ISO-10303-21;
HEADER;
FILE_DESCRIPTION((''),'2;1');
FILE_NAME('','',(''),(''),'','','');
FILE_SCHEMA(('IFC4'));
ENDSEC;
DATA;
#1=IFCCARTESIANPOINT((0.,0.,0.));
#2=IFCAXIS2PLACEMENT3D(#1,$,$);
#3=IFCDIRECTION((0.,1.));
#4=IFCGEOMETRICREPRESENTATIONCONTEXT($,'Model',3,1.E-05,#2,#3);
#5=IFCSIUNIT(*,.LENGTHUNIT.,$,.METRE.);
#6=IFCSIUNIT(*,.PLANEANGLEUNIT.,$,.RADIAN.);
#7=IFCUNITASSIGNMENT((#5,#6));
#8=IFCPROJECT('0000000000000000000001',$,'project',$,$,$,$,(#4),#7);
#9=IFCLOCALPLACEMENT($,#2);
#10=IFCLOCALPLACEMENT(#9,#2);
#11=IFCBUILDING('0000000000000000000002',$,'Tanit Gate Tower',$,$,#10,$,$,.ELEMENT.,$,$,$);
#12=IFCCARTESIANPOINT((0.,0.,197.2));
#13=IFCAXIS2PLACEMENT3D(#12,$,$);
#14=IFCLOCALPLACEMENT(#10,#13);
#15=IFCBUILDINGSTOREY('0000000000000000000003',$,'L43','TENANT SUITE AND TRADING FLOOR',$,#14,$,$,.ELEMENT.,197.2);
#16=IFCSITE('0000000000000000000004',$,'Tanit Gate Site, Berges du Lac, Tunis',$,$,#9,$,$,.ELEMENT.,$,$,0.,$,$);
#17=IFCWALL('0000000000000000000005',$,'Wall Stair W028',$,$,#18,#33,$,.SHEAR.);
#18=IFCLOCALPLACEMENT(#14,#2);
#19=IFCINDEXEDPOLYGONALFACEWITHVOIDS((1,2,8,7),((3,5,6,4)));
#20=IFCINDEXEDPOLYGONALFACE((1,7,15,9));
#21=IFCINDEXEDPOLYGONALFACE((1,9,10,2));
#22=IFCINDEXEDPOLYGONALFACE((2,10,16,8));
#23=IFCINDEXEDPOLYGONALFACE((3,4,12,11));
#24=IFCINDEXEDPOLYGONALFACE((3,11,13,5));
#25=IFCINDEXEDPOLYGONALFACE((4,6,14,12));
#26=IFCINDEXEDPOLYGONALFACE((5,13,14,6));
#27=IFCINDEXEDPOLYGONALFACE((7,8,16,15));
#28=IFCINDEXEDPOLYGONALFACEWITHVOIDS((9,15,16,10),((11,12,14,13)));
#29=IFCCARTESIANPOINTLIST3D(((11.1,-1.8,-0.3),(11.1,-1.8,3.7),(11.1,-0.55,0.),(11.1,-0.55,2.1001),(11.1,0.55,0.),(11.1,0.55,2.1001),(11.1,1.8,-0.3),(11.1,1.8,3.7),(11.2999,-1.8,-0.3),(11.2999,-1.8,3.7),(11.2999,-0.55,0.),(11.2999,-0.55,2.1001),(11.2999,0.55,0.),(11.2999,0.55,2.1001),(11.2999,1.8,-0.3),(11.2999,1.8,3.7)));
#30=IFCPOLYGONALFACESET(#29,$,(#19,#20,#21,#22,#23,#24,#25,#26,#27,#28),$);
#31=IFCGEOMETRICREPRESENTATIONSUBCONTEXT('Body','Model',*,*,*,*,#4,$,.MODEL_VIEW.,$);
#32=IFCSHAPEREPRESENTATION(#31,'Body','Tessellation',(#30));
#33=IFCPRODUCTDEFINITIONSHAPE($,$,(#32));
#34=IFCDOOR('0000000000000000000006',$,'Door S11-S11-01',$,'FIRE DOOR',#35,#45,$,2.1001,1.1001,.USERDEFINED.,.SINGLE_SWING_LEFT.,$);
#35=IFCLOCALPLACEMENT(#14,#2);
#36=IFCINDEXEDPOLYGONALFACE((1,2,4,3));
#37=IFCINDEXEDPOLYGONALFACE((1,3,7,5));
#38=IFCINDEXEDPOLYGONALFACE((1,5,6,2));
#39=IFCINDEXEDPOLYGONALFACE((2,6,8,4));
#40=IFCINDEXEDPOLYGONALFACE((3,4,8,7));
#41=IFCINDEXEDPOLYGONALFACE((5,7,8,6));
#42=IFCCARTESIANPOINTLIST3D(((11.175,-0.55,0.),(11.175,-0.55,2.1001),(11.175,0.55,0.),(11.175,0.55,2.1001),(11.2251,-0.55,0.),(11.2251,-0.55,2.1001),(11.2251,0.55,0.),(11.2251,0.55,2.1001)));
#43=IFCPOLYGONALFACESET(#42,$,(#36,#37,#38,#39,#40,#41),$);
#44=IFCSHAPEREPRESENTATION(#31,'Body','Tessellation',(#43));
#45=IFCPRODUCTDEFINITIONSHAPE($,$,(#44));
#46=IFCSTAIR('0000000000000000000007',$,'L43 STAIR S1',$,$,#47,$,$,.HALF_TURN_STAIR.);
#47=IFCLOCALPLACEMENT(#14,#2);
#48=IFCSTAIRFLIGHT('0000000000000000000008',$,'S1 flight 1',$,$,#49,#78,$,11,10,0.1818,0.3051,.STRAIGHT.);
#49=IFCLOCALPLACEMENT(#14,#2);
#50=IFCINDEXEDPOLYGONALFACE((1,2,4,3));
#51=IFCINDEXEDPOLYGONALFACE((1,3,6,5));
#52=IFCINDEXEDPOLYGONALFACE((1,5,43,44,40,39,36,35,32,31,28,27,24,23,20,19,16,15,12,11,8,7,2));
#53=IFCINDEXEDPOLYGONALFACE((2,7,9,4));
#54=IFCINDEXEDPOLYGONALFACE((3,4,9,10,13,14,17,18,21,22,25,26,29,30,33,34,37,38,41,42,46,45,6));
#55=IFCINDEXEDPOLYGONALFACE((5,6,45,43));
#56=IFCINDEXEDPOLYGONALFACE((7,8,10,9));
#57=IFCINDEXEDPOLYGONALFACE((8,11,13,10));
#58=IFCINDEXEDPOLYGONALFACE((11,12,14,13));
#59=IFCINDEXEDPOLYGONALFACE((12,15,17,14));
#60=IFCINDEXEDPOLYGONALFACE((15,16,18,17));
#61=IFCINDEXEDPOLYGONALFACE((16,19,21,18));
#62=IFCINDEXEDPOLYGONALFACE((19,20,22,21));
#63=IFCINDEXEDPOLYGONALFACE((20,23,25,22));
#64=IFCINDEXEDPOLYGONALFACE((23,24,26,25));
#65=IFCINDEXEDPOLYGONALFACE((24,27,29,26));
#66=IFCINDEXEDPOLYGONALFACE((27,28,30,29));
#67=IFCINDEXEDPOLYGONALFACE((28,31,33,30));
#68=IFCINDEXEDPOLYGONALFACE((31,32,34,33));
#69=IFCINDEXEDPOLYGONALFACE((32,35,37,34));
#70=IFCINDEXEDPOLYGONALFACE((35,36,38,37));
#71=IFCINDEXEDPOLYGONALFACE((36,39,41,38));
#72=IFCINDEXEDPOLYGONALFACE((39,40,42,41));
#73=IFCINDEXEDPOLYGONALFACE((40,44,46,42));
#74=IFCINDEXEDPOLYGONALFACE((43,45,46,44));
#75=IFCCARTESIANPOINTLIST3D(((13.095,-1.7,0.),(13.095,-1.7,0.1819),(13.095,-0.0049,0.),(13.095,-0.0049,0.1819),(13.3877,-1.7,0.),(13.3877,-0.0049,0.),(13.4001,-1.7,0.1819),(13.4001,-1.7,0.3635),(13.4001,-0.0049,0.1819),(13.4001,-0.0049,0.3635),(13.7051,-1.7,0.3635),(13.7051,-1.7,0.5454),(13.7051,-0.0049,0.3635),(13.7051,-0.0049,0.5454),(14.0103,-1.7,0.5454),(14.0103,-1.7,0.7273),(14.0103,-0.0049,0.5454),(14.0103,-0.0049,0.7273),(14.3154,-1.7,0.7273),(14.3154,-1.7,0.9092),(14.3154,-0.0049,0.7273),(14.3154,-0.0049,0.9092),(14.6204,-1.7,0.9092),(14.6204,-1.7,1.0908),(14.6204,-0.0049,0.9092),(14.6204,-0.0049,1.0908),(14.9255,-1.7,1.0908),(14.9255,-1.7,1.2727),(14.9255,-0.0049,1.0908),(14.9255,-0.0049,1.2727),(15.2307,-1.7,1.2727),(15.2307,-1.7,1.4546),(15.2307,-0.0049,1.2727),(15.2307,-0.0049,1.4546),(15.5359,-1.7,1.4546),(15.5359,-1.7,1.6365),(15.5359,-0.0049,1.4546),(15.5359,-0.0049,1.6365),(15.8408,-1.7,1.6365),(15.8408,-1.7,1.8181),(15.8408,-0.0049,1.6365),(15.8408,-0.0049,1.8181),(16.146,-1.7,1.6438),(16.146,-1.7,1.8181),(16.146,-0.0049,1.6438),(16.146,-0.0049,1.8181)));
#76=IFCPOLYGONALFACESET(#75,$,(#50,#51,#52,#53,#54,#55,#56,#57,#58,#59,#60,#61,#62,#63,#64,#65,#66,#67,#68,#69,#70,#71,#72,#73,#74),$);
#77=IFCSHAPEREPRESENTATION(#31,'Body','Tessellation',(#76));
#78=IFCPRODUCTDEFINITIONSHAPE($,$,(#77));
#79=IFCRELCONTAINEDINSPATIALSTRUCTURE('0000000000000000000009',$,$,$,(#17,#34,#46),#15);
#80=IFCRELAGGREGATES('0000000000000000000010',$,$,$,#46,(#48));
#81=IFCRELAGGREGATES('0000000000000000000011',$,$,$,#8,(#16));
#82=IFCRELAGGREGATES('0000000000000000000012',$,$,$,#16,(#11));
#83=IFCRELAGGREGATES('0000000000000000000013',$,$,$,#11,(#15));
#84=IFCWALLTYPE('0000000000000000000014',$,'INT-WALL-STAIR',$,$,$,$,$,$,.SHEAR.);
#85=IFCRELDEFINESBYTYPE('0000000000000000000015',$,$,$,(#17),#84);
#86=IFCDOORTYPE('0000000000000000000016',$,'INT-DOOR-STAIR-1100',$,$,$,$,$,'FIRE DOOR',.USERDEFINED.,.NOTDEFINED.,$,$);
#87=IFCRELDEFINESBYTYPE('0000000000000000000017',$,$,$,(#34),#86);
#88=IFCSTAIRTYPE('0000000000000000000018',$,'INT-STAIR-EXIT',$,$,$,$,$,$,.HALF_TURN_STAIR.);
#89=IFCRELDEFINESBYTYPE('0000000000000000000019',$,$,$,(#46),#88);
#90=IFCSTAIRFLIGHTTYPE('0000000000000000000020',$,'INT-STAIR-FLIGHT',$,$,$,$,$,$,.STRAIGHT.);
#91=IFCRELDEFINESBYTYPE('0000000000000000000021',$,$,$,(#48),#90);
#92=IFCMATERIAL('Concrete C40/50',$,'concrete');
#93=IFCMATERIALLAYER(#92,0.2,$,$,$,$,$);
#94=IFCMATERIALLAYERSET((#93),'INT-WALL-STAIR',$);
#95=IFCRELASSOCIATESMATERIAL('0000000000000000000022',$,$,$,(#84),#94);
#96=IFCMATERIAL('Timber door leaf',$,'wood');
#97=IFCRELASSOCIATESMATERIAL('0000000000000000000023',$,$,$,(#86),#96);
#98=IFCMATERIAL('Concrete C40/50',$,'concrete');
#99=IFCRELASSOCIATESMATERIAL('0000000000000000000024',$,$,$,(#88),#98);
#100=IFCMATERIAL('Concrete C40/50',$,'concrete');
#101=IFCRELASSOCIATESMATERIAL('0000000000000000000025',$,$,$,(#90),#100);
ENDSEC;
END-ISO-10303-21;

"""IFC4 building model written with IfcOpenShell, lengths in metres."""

from ifc_helpers import new_model, si_unit, direction, frame, frame_2d, origin, place, context, subcontext, project, spatial, polyline, rectangle, outline, extrude, material, layer, layer_set, type_object, element, fill, aggregate, save


model = new_model("IFC4")

# Units and contexts
model_context = context("Model", 3, precision=1e-05, world=origin(), true_north=direction((0.0, 1.0)))
body_context = subcontext(model_context, "Body", "Model", "MODEL_VIEW")
ifc_project = project(units=[si_unit("LENGTHUNIT", "METRE"), si_unit("PLANEANGLEUNIT", "RADIAN")], contexts=[model_context])

# Site, building, storey
site_placement = place(None, origin())
site = spatial("IfcSite", under=ifc_project, at=site_placement, Name="Tanit Gate Site, Berges du Lac, Tunis", CompositionType="ELEMENT", RefElevation=0.0)
building_placement = place(site_placement, origin())
building = spatial("IfcBuilding", under=site, at=building_placement, Name="Tanit Gate Tower", CompositionType="ELEMENT")
storey_placement = place(building_placement, frame((0.0, 0.0, 197.2)))
storey = spatial("IfcBuildingStorey", under=building, at=storey_placement, Name="L43", Description="TENANT SUITE AND TRADING FLOOR", CompositionType="ELEMENT", Elevation=197.2)

# Shared definitions
ifc_material_1 = material(Name="Concrete C40/50", Category="concrete")
ifc_layer_1 = layer(ifc_material_1, 0.2)
ifc_layer_set_1 = layer_set([ifc_layer_1], Name="INT-WALL-STAIR")
wall_type_1 = type_object("IfcWallType", Name="INT-WALL-STAIR", PredefinedType="SHEAR", material=ifc_layer_set_1)

# Wall, opening, door
wall_1_placement = place(storey_placement, frame((11.2, -1.8, -0.3), z_axis=(0.0, 0.0, 1.0), x_axis=(0.0, 1.0, 0.0)))
wall_1 = element("IfcWall", 1, at=wall_1_placement, inside=storey, type_object=wall_type_1, Name="Wall Stair W028", PredefinedType="SHEAR", context=body_context, shape_type="SweptSolid", body=[
    extrude(rectangle(XDim=3.6001, YDim=0.2, at=frame_2d((1.8, 0.0))), origin(), (0.0, 0.0, 1.0), 4.0),
])
opening_1_placement = place(wall_1_placement, frame((1.25, 0.0, 0.3)))
opening_1 = element("IfcOpeningElement", 2, at=opening_1_placement, cuts=wall_1, PredefinedType="OPENING", context=body_context, shape_type="SweptSolid", body=[
    extrude(rectangle(XDim=1.1001, YDim=2.1001, at=frame_2d((0.55, 1.05))), frame((0.0, 0.1099, 0.0), z_axis=(0.0, -1.0, 0.0), x_axis=(1.0, 0.0, 0.0)), (0.0, 0.0, 1.0), 0.22),
])
ifc_material_2 = material(Name="Timber door leaf", Category="wood")
door_type_1 = type_object("IfcDoorType", Name="INT-DOOR-STAIR-1100", ElementType="FIRE DOOR", OperationType="NOTDEFINED", PredefinedType="USERDEFINED", material=ifc_material_2)
door_1_placement = place(opening_1_placement, origin())
door_1 = element("IfcDoor", 3, at=door_1_placement, inside=storey, type_object=door_type_1, Name="Door S11-S11-01", ObjectType="FIRE DOOR", OperationType="SINGLE_SWING_LEFT", OverallHeight=2.1001, OverallWidth=1.1001, PredefinedType="USERDEFINED", context=body_context, shape_type="SweptSolid", body=[
    extrude(rectangle(XDim=1.1001, YDim=2.1001, at=frame_2d((0.55, 1.05))), frame((0.0, 0.0249, 0.0), z_axis=(0.0, -1.0, 0.0), x_axis=(1.0, 0.0, 0.0)), (0.0, 0.0, 1.0), 0.05),
])
fill(opening_1, door_1)

# Stair, stair flight
ifc_material_3 = material(Name="Concrete C40/50", Category="concrete")
stair_type = type_object("IfcStairType", Name="INT-STAIR-EXIT", PredefinedType="HALF_TURN_STAIR", material=ifc_material_3)
stair_placement = place(storey_placement, origin())
stair = element("IfcStair", 4, at=stair_placement, inside=storey, type_object=stair_type, Name="L43 STAIR S1", PredefinedType="HALF_TURN_STAIR")
ifc_material_4 = material(Name="Concrete C40/50", Category="concrete")
stair_flight_type = type_object("IfcStairFlightType", Name="INT-STAIR-FLIGHT", PredefinedType="STRAIGHT", material=ifc_material_4)
stair_flight_placement = place(storey_placement, frame((13.095, -0.8525, 0.0), z_axis=(0.0, 0.0, 1.0), x_axis=(1.0, 0.0, 0.0)))
stair_flight = element("IfcStairFlight", 5, at=stair_flight_placement, type_object=stair_flight_type, Name="S1 flight 1", NumberOfRisers=11, NumberOfTreads=10, PredefinedType="STRAIGHT", RiserHeight=0.1818, TreadLength=0.3051, context=body_context, shape_type="SweptSolid", body=[
    extrude(outline(polyline([(0.0, 0.0), (0.0, 0.1819), (0.3052, 0.1819), (0.3052, 0.3635), (0.6101, 0.3635), (0.6101, 0.5454), (0.9153, 0.5454), (0.9153, 0.7273), (1.2205, 0.7273), (1.2205, 0.9092), (1.5254, 0.9092), (1.5254, 1.0908), (1.8306, 1.0908), (1.8306, 1.2727), (2.1357, 1.2727), (2.1357, 1.4546), (2.4409, 1.4546), (2.4409, 1.6365), (2.7458, 1.6365), (2.7458, 1.8181), (3.051, 1.8181), (3.051, 2.0), (3.051, 1.6438), (0.2927, 0.0), (0.0, 0.0)])), frame((0.0, 0.8477, 0.0), z_axis=(0.0, -1.0, 0.0), x_axis=(1.0, 0.0, 0.0)), (0.0, 0.0, 1.0), 1.6951),
])
aggregate(stair, [stair_flight])

save(model, "model.ifc")
